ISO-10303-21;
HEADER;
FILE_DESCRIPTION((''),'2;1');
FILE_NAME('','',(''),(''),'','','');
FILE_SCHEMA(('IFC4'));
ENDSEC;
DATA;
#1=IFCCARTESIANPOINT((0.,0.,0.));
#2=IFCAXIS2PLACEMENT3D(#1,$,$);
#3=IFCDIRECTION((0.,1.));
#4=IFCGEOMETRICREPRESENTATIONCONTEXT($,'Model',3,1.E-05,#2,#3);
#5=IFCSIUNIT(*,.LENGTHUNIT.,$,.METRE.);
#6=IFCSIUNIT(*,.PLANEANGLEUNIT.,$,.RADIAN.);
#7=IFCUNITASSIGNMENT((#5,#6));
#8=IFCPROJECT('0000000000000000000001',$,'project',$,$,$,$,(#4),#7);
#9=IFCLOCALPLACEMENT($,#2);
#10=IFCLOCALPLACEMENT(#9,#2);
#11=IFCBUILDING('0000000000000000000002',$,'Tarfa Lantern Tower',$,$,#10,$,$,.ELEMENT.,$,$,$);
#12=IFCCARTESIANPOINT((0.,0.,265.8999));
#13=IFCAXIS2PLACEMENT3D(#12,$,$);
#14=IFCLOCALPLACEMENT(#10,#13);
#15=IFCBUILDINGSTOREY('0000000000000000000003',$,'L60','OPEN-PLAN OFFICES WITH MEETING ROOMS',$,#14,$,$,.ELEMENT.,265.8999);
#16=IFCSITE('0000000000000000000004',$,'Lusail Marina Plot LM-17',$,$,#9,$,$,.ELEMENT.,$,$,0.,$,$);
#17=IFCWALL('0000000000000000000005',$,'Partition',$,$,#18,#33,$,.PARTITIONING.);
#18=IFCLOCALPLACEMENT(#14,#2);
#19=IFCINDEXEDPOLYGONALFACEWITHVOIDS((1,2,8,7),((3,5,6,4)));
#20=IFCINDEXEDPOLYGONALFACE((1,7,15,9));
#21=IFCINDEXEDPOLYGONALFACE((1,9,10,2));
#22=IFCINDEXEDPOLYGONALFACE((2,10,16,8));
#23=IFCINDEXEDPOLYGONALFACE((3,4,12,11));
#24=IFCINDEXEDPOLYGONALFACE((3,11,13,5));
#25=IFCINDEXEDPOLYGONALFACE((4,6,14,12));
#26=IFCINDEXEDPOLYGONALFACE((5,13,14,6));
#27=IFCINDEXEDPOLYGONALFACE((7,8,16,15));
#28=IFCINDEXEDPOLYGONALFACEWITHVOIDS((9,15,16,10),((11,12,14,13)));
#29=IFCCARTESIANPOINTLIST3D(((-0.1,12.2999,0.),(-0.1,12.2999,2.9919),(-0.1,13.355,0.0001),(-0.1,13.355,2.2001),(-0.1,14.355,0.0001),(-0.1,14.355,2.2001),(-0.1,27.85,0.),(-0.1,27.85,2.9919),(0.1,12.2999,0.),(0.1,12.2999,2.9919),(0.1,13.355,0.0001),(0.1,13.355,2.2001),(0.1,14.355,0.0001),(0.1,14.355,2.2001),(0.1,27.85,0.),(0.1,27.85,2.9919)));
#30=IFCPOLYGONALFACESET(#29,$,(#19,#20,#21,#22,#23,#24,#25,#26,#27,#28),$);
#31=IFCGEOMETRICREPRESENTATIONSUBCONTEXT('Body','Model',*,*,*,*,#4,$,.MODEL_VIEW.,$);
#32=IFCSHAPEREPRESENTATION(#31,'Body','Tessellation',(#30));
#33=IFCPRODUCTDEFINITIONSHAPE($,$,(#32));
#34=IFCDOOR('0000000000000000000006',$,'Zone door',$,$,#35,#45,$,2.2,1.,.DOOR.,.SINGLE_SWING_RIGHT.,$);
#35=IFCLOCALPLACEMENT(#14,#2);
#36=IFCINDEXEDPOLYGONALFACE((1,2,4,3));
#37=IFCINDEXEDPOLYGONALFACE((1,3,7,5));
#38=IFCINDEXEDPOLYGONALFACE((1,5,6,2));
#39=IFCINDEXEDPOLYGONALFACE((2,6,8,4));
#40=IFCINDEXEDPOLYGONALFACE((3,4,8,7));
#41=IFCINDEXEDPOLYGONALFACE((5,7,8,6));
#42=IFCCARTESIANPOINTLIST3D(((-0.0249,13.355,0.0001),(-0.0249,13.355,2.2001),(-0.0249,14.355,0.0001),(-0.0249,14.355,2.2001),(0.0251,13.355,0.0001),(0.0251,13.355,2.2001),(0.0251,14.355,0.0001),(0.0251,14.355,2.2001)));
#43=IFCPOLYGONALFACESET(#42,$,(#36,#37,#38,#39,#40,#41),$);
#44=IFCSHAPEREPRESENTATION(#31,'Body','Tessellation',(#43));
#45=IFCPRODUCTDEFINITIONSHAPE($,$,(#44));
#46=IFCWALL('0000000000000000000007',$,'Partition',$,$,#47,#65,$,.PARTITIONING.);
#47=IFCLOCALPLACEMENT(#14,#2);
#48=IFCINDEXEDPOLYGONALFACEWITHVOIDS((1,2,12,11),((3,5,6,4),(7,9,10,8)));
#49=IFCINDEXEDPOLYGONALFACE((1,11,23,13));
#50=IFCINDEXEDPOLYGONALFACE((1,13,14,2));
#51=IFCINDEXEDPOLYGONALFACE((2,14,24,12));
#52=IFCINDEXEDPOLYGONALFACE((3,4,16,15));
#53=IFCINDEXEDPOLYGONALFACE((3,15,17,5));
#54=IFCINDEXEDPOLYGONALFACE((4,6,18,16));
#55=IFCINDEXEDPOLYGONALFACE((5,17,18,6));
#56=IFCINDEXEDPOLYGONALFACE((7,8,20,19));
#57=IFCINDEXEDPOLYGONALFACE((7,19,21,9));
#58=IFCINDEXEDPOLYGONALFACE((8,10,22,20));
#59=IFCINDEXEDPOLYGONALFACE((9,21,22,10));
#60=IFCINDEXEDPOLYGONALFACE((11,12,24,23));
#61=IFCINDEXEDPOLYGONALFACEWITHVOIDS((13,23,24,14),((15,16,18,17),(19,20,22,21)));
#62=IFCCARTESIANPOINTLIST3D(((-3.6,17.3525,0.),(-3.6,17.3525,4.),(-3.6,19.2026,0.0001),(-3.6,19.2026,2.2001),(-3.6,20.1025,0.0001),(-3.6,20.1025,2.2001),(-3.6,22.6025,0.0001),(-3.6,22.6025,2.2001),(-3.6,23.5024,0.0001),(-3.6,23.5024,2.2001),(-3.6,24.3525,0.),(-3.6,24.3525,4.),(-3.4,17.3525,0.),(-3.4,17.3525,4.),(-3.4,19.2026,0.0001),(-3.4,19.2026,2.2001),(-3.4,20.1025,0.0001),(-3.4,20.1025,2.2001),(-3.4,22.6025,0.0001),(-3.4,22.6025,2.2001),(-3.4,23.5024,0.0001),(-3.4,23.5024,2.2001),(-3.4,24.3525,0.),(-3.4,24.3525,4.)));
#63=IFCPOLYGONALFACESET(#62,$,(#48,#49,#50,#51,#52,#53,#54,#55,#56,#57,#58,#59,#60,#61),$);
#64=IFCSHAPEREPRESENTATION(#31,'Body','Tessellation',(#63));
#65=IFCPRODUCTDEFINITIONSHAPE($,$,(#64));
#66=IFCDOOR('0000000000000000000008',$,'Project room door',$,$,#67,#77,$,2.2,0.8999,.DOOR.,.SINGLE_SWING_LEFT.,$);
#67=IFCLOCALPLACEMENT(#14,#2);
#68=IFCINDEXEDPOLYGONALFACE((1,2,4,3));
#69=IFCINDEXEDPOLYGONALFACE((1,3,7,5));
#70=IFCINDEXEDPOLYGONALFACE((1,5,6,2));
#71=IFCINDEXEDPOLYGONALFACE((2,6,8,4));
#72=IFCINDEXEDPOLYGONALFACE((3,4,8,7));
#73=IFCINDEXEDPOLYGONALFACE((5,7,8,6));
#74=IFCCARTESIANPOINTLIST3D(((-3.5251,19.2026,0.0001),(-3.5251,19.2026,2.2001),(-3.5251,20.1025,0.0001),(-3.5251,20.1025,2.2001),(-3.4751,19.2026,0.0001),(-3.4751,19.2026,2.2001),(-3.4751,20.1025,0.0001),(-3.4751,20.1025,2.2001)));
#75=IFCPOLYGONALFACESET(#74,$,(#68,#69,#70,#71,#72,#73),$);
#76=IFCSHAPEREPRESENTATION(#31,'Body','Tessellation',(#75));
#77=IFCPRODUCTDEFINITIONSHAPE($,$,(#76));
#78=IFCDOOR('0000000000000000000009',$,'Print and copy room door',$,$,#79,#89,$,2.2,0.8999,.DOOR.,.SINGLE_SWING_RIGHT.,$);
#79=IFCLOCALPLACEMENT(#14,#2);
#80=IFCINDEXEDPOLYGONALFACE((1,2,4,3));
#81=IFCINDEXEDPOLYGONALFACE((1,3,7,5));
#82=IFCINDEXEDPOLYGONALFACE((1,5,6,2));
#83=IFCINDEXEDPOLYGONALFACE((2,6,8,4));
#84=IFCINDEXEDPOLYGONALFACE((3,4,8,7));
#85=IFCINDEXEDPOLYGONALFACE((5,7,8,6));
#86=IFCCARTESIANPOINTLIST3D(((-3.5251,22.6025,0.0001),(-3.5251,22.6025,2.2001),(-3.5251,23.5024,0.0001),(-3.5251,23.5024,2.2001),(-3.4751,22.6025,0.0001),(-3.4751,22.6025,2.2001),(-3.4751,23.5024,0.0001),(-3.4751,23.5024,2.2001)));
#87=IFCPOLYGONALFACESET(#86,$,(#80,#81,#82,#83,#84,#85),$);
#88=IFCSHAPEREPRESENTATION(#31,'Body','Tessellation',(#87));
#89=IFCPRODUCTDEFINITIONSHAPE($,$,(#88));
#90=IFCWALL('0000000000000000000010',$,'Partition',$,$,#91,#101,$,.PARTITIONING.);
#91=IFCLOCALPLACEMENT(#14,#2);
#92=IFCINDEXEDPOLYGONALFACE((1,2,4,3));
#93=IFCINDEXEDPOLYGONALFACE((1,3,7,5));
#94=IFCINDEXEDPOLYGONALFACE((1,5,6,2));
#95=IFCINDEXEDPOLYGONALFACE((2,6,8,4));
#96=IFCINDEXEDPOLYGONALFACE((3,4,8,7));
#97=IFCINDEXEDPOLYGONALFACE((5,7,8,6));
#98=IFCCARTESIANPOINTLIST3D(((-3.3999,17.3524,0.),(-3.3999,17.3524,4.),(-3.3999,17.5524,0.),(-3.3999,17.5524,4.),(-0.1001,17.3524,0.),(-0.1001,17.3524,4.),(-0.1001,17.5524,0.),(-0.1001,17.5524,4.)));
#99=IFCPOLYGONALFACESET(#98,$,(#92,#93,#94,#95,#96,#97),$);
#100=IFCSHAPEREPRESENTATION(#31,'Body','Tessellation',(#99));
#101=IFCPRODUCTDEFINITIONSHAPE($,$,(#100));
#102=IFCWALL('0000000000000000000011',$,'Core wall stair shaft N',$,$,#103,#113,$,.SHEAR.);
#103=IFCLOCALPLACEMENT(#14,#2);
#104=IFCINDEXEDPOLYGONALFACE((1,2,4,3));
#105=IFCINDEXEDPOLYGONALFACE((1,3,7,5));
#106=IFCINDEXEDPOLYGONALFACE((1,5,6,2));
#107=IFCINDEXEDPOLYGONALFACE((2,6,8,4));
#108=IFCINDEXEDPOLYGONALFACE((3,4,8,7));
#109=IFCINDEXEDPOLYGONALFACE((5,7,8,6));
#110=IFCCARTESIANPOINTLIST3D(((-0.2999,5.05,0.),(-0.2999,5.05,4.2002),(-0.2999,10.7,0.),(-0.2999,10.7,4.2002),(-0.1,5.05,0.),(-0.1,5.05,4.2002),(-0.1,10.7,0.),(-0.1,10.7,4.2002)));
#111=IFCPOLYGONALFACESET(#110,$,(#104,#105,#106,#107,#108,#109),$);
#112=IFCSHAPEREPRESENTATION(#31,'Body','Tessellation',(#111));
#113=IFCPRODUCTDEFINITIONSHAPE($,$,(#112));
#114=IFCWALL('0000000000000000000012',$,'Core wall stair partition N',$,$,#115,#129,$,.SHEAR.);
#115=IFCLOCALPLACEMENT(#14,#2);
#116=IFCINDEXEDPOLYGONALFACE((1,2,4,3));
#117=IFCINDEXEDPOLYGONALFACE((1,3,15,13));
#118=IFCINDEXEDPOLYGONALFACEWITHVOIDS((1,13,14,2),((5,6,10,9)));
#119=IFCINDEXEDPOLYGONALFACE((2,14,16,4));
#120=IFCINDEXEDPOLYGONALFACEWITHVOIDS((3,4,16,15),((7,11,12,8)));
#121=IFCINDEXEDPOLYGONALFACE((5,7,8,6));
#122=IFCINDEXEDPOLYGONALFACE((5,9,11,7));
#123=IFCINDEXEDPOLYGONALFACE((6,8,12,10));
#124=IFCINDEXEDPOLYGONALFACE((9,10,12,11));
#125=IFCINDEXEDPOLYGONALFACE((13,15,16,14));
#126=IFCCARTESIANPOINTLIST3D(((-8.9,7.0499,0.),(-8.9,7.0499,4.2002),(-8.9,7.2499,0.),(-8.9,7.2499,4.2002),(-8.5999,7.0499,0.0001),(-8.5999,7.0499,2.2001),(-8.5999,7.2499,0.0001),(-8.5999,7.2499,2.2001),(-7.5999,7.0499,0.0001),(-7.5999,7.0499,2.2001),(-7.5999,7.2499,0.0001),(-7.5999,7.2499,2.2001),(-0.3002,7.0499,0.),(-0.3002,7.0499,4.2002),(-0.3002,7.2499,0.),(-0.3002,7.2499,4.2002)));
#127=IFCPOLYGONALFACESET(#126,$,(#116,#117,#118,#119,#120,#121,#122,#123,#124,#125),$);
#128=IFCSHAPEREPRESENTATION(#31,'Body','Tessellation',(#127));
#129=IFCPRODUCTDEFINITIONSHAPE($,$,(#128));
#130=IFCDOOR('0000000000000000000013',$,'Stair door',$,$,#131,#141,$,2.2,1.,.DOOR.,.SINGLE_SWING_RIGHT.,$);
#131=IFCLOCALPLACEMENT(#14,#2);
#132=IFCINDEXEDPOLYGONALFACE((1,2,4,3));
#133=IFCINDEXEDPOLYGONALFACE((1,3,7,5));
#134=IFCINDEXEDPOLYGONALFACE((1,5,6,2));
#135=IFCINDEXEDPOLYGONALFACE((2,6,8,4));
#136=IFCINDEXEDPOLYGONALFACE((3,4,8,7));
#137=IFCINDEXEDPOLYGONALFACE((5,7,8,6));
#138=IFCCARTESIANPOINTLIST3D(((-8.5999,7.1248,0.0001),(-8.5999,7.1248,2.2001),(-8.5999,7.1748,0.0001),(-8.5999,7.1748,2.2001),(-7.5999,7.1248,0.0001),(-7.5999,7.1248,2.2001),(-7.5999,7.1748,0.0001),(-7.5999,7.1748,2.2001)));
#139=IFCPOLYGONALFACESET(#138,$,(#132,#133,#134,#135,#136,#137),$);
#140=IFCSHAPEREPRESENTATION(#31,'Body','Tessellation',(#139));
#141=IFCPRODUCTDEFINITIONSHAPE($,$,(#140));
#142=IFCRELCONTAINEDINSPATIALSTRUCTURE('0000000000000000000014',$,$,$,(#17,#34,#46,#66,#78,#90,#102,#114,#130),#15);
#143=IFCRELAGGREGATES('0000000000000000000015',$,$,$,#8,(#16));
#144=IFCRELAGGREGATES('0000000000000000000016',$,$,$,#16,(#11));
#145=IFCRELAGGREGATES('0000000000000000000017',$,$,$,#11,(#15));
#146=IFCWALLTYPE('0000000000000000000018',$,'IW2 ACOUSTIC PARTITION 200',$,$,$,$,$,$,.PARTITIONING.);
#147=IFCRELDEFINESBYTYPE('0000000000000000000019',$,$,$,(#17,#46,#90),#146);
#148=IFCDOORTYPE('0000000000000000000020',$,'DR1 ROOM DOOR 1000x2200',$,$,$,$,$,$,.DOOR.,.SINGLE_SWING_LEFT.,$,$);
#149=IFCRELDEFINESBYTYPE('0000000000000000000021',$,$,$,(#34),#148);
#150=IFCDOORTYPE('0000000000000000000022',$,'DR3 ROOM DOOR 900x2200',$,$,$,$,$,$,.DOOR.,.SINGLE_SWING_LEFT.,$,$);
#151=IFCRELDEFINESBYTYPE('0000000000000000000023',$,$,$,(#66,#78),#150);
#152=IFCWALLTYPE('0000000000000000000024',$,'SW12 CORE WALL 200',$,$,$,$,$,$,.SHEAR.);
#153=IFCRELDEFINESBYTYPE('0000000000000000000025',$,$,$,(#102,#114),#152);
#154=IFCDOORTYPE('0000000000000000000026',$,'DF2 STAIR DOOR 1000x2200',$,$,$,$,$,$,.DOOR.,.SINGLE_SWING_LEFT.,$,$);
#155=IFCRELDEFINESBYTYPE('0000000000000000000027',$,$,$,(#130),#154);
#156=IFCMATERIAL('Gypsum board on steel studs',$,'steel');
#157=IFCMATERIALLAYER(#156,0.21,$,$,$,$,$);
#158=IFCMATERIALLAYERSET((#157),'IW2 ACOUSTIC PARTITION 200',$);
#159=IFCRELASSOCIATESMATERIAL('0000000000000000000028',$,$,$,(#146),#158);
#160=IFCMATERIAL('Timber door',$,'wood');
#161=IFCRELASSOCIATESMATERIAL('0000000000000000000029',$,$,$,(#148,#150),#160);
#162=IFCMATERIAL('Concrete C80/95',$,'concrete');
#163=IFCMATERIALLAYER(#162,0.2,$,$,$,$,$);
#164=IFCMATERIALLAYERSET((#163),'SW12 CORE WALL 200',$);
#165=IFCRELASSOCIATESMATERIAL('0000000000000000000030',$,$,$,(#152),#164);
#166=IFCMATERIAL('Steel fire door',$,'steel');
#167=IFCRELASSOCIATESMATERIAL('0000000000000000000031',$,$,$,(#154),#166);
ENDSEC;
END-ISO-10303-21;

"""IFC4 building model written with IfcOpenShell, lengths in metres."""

from ifc_helpers import new_model, si_unit, direction, frame, frame_2d, origin, place, context, subcontext, project, spatial, rectangle, extrude, material, layer, layer_set, type_object, element, fill, save


model = new_model("IFC4")

# Units and contexts
model_context = context("Model", 3, precision=1e-05, world=origin(), true_north=direction((0.0, 1.0)))
body_context = subcontext(model_context, "Body", "Model", "MODEL_VIEW")
ifc_project = project(units=[si_unit("LENGTHUNIT", "METRE"), si_unit("PLANEANGLEUNIT", "RADIAN")], contexts=[model_context])

# Site, building, storey
site_placement = place(None, origin())
site = spatial("IfcSite", under=ifc_project, at=site_placement, Name="Lusail Marina Plot LM-17", CompositionType="ELEMENT", RefElevation=0.0)
building_placement = place(site_placement, origin())
building = spatial("IfcBuilding", under=site, at=building_placement, Name="Tarfa Lantern Tower", CompositionType="ELEMENT")
storey_placement = place(building_placement, frame((0.0, 0.0, 265.8999)))
storey = spatial("IfcBuildingStorey", under=building, at=storey_placement, Name="L60", Description="OPEN-PLAN OFFICES WITH MEETING ROOMS", CompositionType="ELEMENT", Elevation=265.8999)

# Wall, opening, door
ifc_material_1 = material(Name="Gypsum board on steel studs", Category="steel")
ifc_layer_1 = layer(ifc_material_1, 0.21)
ifc_layer_set_1 = layer_set([ifc_layer_1], Name="IW2 ACOUSTIC PARTITION 200")
wall_type_1 = type_object("IfcWallType", Name="IW2 ACOUSTIC PARTITION 200", PredefinedType="PARTITIONING", material=ifc_layer_set_1)
wall_1_placement = place(storey_placement, frame((0.0, 12.3, 0.0), z_axis=(0.0, 0.0, 1.0), x_axis=(0.0, 1.0, 0.0)))
wall_1 = element("IfcWall", 1, at=wall_1_placement, inside=storey, type_object=wall_type_1, Name="Partition", PredefinedType="PARTITIONING", context=body_context, shape_type="SweptSolid", body=[
    extrude(rectangle(XDim=15.55, YDim=0.2, at=frame_2d((7.7749, 0.0))), origin(), (0.0, 0.0, 1.0), 2.9919),
])
opening_1_placement = place(wall_1_placement, frame((1.0549, 0.0, 0.0)))
opening_1 = element("IfcOpeningElement", 2, at=opening_1_placement, cuts=wall_1, PredefinedType="OPENING", context=body_context, shape_type="SweptSolid", body=[
    extrude(rectangle(XDim=1.0, YDim=2.2, at=frame_2d((0.5, 1.1001))), frame((0.0, 0.1099, 0.0), z_axis=(0.0, -1.0, 0.0), x_axis=(1.0, 0.0, 0.0)), (0.0, 0.0, 1.0), 0.22),
])
ifc_material_2 = material(Name="Timber door", Category="wood")
door_type_1 = type_object("IfcDoorType", Name="DR1 ROOM DOOR 1000x2200", OperationType="SINGLE_SWING_LEFT", PredefinedType="DOOR", material=ifc_material_2)
door_1_placement = place(opening_1_placement, origin())
door_1 = element("IfcDoor", 3, at=door_1_placement, inside=storey, type_object=door_type_1, Name="Zone door", OperationType="SINGLE_SWING_RIGHT", OverallHeight=2.2, OverallWidth=1.0, PredefinedType="DOOR", context=body_context, shape_type="SweptSolid", body=[
    extrude(rectangle(XDim=1.0, YDim=2.2, at=frame_2d((0.5, 1.1001))), frame((0.0, 0.0249, 0.0), z_axis=(0.0, -1.0, 0.0), x_axis=(1.0, 0.0, 0.0)), (0.0, 0.0, 1.0), 0.05),
])
fill(opening_1, door_1)

# Wall, openings, doors
wall_2_placement = place(storey_placement, frame((-3.5, 17.3525, 0.0), z_axis=(0.0, 0.0, 1.0), x_axis=(0.0, 1.0, 0.0)))
wall_2 = element("IfcWall", 4, at=wall_2_placement, inside=storey, type_object=wall_type_1, Name="Partition", PredefinedType="PARTITIONING", context=body_context, shape_type="SweptSolid", body=[
    extrude(rectangle(XDim=7.0, YDim=0.2, at=frame_2d((3.5, 0.0))), origin(), (0.0, 0.0, 1.0), 4.0),
])
opening_2_placement = place(wall_2_placement, frame((1.8501, 0.0, 0.0)))
opening_2 = element("IfcOpeningElement", 5, at=opening_2_placement, cuts=wall_2, PredefinedType="OPENING", context=body_context, shape_type="SweptSolid", body=[
    extrude(rectangle(XDim=0.8999, YDim=2.2, at=frame_2d((0.45, 1.1001))), frame((0.0, 0.1099, 0.0), z_axis=(0.0, -1.0, 0.0), x_axis=(1.0, 0.0, 0.0)), (0.0, 0.0, 1.0), 0.22),
])
opening_3_placement = place(wall_2_placement, frame((5.25, 0.0, 0.0)))
opening_3 = element("IfcOpeningElement", 6, at=opening_3_placement, cuts=wall_2, PredefinedType="OPENING", context=body_context, shape_type="SweptSolid", body=[
    extrude(rectangle(XDim=0.8999, YDim=2.2, at=frame_2d((0.45, 1.1001))), frame((0.0, 0.1099, 0.0), z_axis=(0.0, -1.0, 0.0), x_axis=(1.0, 0.0, 0.0)), (0.0, 0.0, 1.0), 0.22),
])
door_type_2 = type_object("IfcDoorType", Name="DR3 ROOM DOOR 900x2200", OperationType="SINGLE_SWING_LEFT", PredefinedType="DOOR", material=ifc_material_2)
door_2_placement = place(opening_2_placement, frame((0.8999, 0.0, 0.0), z_axis=(0.0, 0.0, 1.0), x_axis=(-1.0, 0.0, 0.0)))
door_2 = element("IfcDoor", 7, at=door_2_placement, inside=storey, type_object=door_type_2, Name="Project room door", OperationType="SINGLE_SWING_LEFT", OverallHeight=2.2, OverallWidth=0.8999, PredefinedType="DOOR", context=body_context, shape_type="SweptSolid", body=[
    extrude(rectangle(XDim=0.8999, YDim=2.2, at=frame_2d((0.45, 1.1001))), frame((0.0, 0.0249, 0.0), z_axis=(0.0, -1.0, 0.0), x_axis=(1.0, 0.0, 0.0)), (0.0, 0.0, 1.0), 0.05),
])
fill(opening_2, door_2)
door_3_placement = place(opening_3_placement, frame((0.8999, 0.0, 0.0), z_axis=(0.0, 0.0, 1.0), x_axis=(-1.0, 0.0, 0.0)))
door_3 = element("IfcDoor", 8, at=door_3_placement, inside=storey, type_object=door_type_2, Name="Print and copy room door", OperationType="SINGLE_SWING_RIGHT", OverallHeight=2.2, OverallWidth=0.8999, PredefinedType="DOOR", context=body_context, shape_type="SweptSolid", body=[
    extrude(rectangle(XDim=0.8999, YDim=2.2, at=frame_2d((0.45, 1.1001))), frame((0.0, 0.0249, 0.0), z_axis=(0.0, -1.0, 0.0), x_axis=(1.0, 0.0, 0.0)), (0.0, 0.0, 1.0), 0.05),
])
fill(opening_3, door_3)

# Walls
wall_3_placement = place(storey_placement, frame((-0.1001, 17.4524, 0.0), z_axis=(0.0, 0.0, 1.0), x_axis=(-1.0, 0.0, 0.0)))
element("IfcWall", 9, at=wall_3_placement, inside=storey, type_object=wall_type_1, Name="Partition", PredefinedType="PARTITIONING", context=body_context, shape_type="SweptSolid", body=[
    extrude(rectangle(XDim=3.2998, YDim=0.2, at=frame_2d((1.6499, 0.0))), origin(), (0.0, 0.0, 1.0), 4.0),
])
ifc_material_3 = material(Name="Concrete C80/95", Category="concrete")
ifc_layer_2 = layer(ifc_material_3, 0.2)
ifc_layer_set_2 = layer_set([ifc_layer_2], Name="SW12 CORE WALL 200")
wall_type_2 = type_object("IfcWallType", Name="SW12 CORE WALL 200", PredefinedType="SHEAR", material=ifc_layer_set_2)
wall_4_placement = place(storey_placement, frame((-0.2, 5.05, 0.0), z_axis=(0.0, 0.0, 1.0), x_axis=(0.0, 1.0, 0.0)))
element("IfcWall", 10, at=wall_4_placement, inside=storey, type_object=wall_type_2, Name="Core wall stair shaft N", PredefinedType="SHEAR", context=body_context, shape_type="SweptSolid", body=[
    extrude(rectangle(XDim=5.6499, YDim=0.2, at=frame_2d((2.825, 0.0))), origin(), (0.0, 0.0, 1.0), 4.2002),
])

# Wall, opening, door
wall_5_placement = place(storey_placement, frame((-8.8999, 7.1499, 0.0), z_axis=(0.0, 0.0, 1.0), x_axis=(1.0, 0.0, 0.0)))
wall_5 = element("IfcWall", 11, at=wall_5_placement, inside=storey, type_object=wall_type_2, Name="Core wall stair partition N", PredefinedType="SHEAR", context=body_context, shape_type="SweptSolid", body=[
    extrude(rectangle(XDim=8.5999, YDim=0.2, at=frame_2d((4.2998, 0.0))), origin(), (0.0, 0.0, 1.0), 4.2002),
])
opening_4_placement = place(wall_5_placement, frame((0.3, 0.0, 0.0)))
opening_4 = element("IfcOpeningElement", 12, at=opening_4_placement, cuts=wall_5, PredefinedType="OPENING", context=body_context, shape_type="SweptSolid", body=[
    extrude(rectangle(XDim=1.0, YDim=2.2, at=frame_2d((0.5, 1.1001))), frame((0.0, 0.1099, 0.0), z_axis=(0.0, -1.0, 0.0), x_axis=(1.0, 0.0, 0.0)), (0.0, 0.0, 1.0), 0.22),
])
ifc_material_4 = material(Name="Steel fire door", Category="steel")
door_type_3 = type_object("IfcDoorType", Name="DF2 STAIR DOOR 1000x2200", OperationType="SINGLE_SWING_LEFT", PredefinedType="DOOR", material=ifc_material_4)
door_4_placement = place(opening_4_placement, origin())
door_4 = element("IfcDoor", 13, at=door_4_placement, inside=storey, type_object=door_type_3, Name="Stair door", OperationType="SINGLE_SWING_RIGHT", OverallHeight=2.2, OverallWidth=1.0, PredefinedType="DOOR", context=body_context, shape_type="SweptSolid", body=[
    extrude(rectangle(XDim=1.0, YDim=2.2, at=frame_2d((0.5, 1.1001))), frame((0.0, 0.0249, 0.0), z_axis=(0.0, -1.0, 0.0), x_axis=(1.0, 0.0, 0.0)), (0.0, 0.0, 1.0), 0.05),
])
fill(opening_4, door_4)

save(model, "model.ifc")
